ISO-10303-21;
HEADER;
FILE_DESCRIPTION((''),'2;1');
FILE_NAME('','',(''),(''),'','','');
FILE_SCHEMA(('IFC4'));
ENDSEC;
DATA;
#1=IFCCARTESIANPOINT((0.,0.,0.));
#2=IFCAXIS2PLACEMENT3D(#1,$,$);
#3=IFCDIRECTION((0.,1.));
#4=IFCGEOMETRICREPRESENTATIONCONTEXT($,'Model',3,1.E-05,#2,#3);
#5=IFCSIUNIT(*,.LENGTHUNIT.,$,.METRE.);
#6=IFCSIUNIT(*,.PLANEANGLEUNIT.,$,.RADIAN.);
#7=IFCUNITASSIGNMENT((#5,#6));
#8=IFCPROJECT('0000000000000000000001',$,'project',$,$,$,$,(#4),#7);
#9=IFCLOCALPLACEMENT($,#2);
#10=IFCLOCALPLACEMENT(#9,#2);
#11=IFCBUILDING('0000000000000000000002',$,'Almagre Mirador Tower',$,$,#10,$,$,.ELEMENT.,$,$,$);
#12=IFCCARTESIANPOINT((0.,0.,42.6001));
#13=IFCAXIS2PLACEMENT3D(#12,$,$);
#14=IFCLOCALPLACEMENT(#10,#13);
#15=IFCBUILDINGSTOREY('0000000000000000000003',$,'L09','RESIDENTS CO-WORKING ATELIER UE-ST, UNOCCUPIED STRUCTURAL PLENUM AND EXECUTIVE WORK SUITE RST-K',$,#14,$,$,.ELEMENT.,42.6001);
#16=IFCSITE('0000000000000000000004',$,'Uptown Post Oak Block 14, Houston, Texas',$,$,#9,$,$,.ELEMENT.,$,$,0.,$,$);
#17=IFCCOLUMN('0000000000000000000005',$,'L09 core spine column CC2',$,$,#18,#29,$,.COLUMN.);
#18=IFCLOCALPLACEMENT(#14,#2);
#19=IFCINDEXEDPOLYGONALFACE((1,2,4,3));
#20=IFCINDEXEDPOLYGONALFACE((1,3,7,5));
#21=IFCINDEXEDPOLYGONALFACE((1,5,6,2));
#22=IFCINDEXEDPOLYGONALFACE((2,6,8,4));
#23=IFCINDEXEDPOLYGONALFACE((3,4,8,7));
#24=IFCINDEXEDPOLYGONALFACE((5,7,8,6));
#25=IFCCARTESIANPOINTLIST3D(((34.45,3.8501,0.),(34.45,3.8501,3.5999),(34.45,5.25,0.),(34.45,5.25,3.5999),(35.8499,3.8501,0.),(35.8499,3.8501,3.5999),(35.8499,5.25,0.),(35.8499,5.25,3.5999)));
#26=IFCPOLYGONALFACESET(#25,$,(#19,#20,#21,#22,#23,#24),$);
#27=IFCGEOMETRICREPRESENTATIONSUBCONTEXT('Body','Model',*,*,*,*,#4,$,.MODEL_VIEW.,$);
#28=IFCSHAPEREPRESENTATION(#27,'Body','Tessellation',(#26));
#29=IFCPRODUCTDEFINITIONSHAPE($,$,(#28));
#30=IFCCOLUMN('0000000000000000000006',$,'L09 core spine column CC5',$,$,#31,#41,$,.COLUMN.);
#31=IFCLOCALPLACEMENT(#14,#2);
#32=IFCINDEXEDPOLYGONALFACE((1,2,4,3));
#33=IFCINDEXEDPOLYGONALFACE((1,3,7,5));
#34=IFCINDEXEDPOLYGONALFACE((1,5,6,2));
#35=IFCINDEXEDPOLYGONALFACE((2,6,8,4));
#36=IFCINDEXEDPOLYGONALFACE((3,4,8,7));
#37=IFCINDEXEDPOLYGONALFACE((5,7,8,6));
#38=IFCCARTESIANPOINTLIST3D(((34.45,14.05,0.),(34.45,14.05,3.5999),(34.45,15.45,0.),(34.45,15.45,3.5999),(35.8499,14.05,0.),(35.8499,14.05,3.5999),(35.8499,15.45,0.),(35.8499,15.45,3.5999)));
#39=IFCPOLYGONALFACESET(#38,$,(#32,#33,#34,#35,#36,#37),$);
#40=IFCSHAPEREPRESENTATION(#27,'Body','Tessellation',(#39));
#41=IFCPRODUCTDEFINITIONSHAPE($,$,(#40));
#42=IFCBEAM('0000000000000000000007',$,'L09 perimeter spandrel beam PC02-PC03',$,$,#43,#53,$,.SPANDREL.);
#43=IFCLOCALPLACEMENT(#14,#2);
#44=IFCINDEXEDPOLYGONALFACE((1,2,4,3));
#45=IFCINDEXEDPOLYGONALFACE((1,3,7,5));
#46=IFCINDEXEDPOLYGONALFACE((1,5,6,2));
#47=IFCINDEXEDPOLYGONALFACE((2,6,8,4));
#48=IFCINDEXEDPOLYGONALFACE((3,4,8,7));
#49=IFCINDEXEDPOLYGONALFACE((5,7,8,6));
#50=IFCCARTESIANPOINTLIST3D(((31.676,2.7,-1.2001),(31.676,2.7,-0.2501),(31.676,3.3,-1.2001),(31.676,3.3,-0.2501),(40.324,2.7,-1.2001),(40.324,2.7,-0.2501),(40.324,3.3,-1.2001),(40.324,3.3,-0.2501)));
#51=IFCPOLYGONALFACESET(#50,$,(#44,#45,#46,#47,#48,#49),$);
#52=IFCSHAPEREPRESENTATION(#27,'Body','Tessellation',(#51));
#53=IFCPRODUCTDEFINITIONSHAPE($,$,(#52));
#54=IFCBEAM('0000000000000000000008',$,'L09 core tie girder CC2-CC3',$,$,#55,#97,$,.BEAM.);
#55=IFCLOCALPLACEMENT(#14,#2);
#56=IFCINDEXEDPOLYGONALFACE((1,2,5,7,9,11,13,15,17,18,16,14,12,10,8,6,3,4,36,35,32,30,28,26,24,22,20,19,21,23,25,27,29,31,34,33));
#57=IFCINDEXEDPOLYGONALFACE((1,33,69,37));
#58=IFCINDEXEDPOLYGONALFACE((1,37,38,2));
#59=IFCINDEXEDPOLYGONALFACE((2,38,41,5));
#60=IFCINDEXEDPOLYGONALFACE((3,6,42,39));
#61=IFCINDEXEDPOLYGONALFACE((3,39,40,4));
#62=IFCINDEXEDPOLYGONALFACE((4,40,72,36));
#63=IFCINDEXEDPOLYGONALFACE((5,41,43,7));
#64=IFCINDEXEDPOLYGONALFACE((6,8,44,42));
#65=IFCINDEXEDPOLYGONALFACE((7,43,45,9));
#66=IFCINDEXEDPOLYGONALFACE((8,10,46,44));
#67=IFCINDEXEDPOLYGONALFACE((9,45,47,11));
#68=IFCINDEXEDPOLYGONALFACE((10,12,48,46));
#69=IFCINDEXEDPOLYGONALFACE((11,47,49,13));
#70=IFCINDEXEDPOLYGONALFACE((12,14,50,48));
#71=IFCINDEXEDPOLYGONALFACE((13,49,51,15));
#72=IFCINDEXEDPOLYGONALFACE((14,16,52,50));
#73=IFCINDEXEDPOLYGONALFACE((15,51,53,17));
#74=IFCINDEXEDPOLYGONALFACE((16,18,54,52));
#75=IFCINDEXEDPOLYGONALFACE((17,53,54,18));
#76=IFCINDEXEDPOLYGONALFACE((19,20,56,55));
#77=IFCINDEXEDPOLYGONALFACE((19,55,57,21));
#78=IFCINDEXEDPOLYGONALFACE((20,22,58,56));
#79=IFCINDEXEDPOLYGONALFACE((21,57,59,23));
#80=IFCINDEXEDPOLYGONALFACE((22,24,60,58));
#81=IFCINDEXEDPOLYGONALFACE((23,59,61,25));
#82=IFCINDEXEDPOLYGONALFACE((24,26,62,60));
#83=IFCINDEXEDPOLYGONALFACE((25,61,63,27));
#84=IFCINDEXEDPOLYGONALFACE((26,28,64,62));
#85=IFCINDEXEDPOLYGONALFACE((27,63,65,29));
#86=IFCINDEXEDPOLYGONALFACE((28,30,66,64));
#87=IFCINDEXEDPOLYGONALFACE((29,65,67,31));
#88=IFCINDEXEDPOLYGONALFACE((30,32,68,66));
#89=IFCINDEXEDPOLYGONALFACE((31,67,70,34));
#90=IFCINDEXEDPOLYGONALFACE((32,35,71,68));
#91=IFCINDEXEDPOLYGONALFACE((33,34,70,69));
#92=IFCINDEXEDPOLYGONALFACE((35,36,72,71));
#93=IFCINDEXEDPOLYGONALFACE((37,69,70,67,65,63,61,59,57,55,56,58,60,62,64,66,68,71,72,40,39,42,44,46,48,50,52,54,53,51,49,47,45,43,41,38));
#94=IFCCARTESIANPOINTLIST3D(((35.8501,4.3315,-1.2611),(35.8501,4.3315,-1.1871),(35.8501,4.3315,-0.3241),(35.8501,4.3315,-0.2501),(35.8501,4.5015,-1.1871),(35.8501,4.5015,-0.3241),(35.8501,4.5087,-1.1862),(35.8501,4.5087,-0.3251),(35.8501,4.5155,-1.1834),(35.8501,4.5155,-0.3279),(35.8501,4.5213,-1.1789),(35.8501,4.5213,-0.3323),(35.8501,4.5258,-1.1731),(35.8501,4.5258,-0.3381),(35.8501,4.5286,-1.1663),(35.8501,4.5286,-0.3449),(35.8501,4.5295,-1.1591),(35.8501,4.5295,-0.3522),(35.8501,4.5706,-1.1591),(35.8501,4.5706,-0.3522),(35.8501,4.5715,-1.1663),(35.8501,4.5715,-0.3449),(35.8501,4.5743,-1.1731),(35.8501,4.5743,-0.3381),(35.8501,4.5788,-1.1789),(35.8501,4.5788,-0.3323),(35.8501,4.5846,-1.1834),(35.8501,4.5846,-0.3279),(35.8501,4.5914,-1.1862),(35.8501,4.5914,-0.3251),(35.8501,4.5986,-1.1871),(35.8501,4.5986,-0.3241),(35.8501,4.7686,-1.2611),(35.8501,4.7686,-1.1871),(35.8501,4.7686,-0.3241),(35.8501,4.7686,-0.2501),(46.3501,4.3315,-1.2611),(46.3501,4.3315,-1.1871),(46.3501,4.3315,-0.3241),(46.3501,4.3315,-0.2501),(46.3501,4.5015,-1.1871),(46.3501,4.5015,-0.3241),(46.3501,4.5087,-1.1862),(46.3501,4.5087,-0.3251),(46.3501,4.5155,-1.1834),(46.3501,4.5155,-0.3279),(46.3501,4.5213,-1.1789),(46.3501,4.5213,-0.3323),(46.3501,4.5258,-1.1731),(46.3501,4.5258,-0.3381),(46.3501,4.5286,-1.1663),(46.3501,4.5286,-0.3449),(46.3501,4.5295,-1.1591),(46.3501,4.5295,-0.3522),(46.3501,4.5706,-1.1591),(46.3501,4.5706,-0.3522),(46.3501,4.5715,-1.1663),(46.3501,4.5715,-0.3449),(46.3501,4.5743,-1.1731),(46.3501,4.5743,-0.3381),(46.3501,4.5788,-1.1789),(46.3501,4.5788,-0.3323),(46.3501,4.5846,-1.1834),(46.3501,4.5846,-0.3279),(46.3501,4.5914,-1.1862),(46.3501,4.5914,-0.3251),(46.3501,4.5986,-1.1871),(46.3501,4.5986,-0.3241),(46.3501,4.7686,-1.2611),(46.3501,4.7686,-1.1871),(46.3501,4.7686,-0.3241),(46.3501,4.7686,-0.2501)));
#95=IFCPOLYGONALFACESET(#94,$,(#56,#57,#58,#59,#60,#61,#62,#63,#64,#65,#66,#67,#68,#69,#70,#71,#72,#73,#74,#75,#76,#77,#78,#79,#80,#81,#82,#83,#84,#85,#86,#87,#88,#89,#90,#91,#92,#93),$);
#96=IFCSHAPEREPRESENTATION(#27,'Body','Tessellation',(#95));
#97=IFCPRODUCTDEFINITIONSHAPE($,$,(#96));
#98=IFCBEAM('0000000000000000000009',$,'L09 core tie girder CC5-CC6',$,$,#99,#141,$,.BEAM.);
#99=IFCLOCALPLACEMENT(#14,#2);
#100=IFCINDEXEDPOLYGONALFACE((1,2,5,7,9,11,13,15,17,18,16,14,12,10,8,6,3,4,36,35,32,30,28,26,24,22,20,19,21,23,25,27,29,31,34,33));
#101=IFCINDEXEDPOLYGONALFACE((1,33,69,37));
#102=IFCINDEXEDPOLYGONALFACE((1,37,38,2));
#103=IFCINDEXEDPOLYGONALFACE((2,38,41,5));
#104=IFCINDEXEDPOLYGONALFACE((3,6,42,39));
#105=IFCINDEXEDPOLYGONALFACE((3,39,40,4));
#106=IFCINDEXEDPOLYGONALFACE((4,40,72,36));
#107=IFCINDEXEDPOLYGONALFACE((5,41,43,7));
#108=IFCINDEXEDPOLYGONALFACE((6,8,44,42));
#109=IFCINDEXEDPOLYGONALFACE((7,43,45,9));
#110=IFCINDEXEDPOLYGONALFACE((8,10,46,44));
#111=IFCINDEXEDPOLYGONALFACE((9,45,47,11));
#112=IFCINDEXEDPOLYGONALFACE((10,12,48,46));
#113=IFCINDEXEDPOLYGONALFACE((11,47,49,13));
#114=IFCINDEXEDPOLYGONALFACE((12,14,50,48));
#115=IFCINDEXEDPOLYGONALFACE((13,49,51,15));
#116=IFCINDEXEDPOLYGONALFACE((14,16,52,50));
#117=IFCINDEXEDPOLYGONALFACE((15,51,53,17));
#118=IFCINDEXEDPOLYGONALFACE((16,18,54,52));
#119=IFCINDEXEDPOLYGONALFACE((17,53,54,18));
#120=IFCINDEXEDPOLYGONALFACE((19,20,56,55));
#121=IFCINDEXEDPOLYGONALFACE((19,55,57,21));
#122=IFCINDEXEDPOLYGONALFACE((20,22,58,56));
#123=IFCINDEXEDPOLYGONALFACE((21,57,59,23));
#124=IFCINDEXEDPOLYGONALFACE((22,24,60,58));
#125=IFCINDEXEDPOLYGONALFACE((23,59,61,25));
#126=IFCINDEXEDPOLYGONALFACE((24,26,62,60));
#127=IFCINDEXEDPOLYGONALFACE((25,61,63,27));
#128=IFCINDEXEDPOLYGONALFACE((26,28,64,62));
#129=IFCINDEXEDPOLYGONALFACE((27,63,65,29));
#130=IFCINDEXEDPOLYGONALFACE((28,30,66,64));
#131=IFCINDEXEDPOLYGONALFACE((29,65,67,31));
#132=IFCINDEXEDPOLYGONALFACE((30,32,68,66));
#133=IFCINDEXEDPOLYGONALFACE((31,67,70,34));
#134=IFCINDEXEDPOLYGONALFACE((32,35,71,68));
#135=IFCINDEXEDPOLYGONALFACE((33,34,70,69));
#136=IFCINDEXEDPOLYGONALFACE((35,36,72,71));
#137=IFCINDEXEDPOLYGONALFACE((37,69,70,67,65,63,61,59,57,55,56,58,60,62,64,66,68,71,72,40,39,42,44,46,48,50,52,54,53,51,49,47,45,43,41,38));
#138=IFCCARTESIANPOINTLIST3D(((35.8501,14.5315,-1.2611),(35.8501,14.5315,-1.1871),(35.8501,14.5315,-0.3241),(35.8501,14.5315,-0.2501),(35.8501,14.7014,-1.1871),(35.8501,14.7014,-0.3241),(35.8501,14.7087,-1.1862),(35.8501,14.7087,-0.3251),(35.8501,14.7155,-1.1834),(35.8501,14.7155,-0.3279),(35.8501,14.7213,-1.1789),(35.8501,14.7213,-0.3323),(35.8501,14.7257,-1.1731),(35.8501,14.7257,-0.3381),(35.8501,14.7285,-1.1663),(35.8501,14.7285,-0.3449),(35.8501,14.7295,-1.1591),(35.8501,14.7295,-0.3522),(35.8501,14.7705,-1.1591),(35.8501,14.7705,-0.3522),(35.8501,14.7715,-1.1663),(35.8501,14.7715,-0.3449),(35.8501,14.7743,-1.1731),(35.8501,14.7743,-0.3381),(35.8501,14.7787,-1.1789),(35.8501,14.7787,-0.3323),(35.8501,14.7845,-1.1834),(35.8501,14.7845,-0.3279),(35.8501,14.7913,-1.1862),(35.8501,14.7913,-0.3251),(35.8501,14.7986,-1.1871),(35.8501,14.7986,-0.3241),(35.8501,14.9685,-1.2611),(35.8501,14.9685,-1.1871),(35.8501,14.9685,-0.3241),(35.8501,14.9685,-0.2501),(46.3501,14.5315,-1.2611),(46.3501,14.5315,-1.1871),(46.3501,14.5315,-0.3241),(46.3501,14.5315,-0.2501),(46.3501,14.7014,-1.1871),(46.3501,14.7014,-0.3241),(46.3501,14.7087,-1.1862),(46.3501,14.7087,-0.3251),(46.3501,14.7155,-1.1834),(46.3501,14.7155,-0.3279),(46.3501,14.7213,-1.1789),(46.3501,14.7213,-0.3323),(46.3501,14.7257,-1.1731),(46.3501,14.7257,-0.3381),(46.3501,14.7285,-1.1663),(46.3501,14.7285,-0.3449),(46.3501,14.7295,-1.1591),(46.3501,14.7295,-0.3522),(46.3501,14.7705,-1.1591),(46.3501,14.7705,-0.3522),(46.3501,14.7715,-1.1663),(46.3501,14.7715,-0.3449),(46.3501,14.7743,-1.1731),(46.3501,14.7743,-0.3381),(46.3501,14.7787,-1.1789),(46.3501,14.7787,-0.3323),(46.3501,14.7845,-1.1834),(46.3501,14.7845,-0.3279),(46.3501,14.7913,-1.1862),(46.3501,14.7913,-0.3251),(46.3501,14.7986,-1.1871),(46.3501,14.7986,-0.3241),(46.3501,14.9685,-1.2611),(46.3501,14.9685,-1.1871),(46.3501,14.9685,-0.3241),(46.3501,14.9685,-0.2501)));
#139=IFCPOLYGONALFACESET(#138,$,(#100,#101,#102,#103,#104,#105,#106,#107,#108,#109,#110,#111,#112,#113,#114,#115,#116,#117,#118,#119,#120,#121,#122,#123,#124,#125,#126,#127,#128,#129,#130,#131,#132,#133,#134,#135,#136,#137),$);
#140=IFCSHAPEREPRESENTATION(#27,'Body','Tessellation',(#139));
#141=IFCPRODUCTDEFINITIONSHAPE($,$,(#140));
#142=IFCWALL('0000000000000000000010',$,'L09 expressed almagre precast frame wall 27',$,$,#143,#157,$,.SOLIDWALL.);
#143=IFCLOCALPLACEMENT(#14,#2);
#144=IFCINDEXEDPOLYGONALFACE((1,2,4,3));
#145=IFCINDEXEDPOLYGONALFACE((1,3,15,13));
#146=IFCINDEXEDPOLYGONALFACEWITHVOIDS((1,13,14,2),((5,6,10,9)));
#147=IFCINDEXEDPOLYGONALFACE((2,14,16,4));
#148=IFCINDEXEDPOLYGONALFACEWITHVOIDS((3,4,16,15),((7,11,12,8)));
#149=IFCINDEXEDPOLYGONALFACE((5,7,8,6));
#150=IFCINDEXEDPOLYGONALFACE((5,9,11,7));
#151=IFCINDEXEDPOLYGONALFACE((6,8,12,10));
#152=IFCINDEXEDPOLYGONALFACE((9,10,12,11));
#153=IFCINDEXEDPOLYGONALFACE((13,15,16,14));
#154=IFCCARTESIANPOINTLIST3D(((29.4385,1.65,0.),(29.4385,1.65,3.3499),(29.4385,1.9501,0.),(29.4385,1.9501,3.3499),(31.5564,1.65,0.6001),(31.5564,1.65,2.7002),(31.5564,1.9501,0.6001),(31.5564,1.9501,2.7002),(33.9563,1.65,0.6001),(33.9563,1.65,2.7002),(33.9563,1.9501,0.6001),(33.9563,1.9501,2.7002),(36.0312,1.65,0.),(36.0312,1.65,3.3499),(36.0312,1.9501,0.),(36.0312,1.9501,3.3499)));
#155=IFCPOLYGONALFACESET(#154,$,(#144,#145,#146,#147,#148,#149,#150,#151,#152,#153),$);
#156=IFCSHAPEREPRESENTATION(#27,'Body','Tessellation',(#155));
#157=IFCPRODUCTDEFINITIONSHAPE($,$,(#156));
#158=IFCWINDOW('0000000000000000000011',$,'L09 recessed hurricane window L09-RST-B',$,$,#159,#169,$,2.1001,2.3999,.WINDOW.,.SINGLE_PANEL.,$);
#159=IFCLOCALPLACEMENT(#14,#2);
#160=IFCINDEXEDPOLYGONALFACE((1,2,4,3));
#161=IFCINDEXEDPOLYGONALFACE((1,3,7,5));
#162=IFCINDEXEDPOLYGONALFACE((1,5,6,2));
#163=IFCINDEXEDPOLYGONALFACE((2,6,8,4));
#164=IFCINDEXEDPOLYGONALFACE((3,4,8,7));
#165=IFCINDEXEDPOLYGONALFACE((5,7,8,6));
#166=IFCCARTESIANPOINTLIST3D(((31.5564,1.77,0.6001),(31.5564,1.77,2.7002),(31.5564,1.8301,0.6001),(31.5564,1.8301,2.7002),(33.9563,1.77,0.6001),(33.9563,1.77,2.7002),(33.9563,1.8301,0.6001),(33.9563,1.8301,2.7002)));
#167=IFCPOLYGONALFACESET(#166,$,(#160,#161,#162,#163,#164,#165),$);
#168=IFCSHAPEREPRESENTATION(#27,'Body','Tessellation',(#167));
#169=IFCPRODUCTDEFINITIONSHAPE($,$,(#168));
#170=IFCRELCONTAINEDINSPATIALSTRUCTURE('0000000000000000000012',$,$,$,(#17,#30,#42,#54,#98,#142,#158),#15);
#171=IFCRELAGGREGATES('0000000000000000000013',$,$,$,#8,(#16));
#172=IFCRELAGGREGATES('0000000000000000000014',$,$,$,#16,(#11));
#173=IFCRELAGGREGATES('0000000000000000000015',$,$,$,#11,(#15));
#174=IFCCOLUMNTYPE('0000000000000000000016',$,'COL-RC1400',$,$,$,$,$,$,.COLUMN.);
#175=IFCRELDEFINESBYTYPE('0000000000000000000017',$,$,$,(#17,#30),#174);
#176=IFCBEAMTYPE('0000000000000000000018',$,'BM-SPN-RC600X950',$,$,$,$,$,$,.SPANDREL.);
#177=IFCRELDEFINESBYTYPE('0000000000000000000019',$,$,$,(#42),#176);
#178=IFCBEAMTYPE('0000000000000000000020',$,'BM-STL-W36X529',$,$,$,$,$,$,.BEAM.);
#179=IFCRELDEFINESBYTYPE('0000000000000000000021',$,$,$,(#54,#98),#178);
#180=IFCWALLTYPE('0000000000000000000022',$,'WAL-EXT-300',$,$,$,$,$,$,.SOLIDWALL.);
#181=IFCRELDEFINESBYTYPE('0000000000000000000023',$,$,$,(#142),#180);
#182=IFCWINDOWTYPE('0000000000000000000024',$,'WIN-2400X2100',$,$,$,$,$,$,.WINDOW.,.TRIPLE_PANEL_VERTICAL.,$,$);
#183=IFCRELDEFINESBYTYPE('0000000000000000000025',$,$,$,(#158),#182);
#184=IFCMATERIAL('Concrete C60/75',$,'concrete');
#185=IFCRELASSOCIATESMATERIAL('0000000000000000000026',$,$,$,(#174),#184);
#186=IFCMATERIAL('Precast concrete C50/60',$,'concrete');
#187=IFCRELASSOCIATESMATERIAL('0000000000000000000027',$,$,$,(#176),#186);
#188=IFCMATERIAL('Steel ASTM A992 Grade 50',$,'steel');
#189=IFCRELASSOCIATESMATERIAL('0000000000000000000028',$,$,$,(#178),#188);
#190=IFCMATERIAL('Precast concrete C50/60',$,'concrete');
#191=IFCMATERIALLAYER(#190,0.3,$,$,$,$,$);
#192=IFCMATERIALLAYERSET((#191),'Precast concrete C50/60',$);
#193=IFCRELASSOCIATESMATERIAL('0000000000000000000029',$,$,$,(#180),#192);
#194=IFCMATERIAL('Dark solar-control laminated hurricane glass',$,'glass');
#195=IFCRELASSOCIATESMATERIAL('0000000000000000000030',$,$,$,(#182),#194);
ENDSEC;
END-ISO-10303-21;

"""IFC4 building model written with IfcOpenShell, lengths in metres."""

from ifc_helpers import new_model, si_unit, direction, frame, frame_2d, origin, origin_2d, place, context, subcontext, project, spatial, rectangle, i_section, extrude, material, layer, layer_set, material_profile, profile_set, type_object, element, fill, save


model = new_model("IFC4")

# Units and contexts
model_context = context("Model", 3, precision=1e-05, world=origin(), true_north=direction((0.0, 1.0)))
body_context = subcontext(model_context, "Body", "Model", "MODEL_VIEW")
ifc_project = project(units=[si_unit("LENGTHUNIT", "METRE"), si_unit("PLANEANGLEUNIT", "RADIAN")], contexts=[model_context])

# Site, building, storey
site_placement = place(None, origin())
site = spatial("IfcSite", under=ifc_project, at=site_placement, Name="Uptown Post Oak Block 14, Houston, Texas", CompositionType="ELEMENT", RefElevation=0.0)
building_placement = place(site_placement, origin())
building = spatial("IfcBuilding", under=site, at=building_placement, Name="Almagre Mirador Tower", CompositionType="ELEMENT")
storey_placement = place(building_placement, frame((0.0, 0.0, 42.6001)))
storey = spatial("IfcBuildingStorey", under=building, at=storey_placement, Name="L09", Description="RESIDENTS CO-WORKING ATELIER UE-ST, UNOCCUPIED STRUCTURAL PLENUM AND EXECUTIVE WORK SUITE RST-K", CompositionType="ELEMENT", Elevation=42.6001)

# Columns
ifc_material_1 = material(Name="Concrete C60/75", Category="concrete")
ifc_material_profile_1 = material_profile(ifc_material_1, rectangle(XDim=1.3999, YDim=1.3999, at=origin_2d()), Name="RC1400X1400")
ifc_profile_set_1 = profile_set([ifc_material_profile_1], Name="Concrete C60/75")
column_type = type_object("IfcColumnType", Name="COL-RC1400", PredefinedType="COLUMN", material=ifc_profile_set_1)
for number, where, z_axis, x_axis, name in (
    (1, (35.1499, 4.55, 0.0), (0.0, 0.0, 1.0), (1.0, 0.0, 0.0), "L09 core spine column CC2"),
    (2, (35.1499, 14.75, 0.0), (0.0, 0.0, 1.0), (1.0, 0.0, 0.0), "L09 core spine column CC5"),
):
    element("IfcColumn", number, at=place(storey_placement, frame(where, z_axis=z_axis, x_axis=x_axis)), inside=storey, type_object=column_type, Name=name, PredefinedType="COLUMN", context=body_context, shape_type="SweptSolid", body=[
        extrude(rectangle(XDim=1.3999, YDim=1.3999, at=origin_2d()), origin(), (0.0, 0.0, 1.0), 3.5999),
    ])

# Beams
ifc_material_2 = material(Name="Precast concrete C50/60", Category="concrete")
ifc_material_profile_2 = material_profile(ifc_material_2, rectangle(XDim=0.6001, YDim=0.95, at=origin_2d()), Name="RC600X950")
ifc_profile_set_2 = profile_set([ifc_material_profile_2], Name="Precast concrete C50/60")
beam_type_1 = type_object("IfcBeamType", Name="BM-SPN-RC600X950", PredefinedType="SPANDREL", material=ifc_profile_set_2)
beam_placement = place(storey_placement, frame((31.676, 3.0, -0.7251), z_axis=(1.0, 0.0, 0.0), x_axis=(0.0, 1.0, 0.0)))
element("IfcBeam", 3, at=beam_placement, inside=storey, type_object=beam_type_1, Name="L09 perimeter spandrel beam PC02-PC03", PredefinedType="SPANDREL", context=body_context, shape_type="SweptSolid", body=[
    extrude(rectangle(XDim=0.6001, YDim=0.95, at=origin_2d()), origin(), (0.0, 0.0, 1.0), 8.6479),
])
ifc_material_3 = material(Name="Steel ASTM A992 Grade 50", Category="steel")
ifc_material_profile_3 = material_profile(ifc_material_3, i_section(OverallWidth=0.437, OverallDepth=1.011, WebThickness=0.041, FlangeThickness=0.074, FilletRadius=0.0281, at=origin_2d()), Name="W36X529")
ifc_profile_set_3 = profile_set([ifc_material_profile_3], Name="Steel ASTM A992 Grade 50")
beam_type_2 = type_object("IfcBeamType", Name="BM-STL-W36X529", PredefinedType="BEAM", material=ifc_profile_set_3)
for number, where, z_axis, x_axis, name in (
    (4, (35.8501, 4.55, -0.7556), (1.0, 0.0, 0.0), (0.0, 1.0, 0.0), "L09 core tie girder CC2-CC3"),
    (5, (35.8501, 14.75, -0.7556), (1.0, 0.0, 0.0), (0.0, 1.0, 0.0), "L09 core tie girder CC5-CC6"),
):
    element("IfcBeam", number, at=place(storey_placement, frame(where, z_axis=z_axis, x_axis=x_axis)), inside=storey, type_object=beam_type_2, Name=name, PredefinedType="BEAM", context=body_context, shape_type="SweptSolid", body=[
        extrude(i_section(OverallWidth=0.437, OverallDepth=1.011, WebThickness=0.041, FlangeThickness=0.074, FilletRadius=0.0281, at=origin_2d()), origin(), (0.0, 0.0, 1.0), 10.5),
    ])

# Wall, opening, window
ifc_material_4 = material(Name="Precast concrete C50/60", Category="concrete")
ifc_layer_1 = layer(ifc_material_4, 0.3)
ifc_layer_set_1 = layer_set([ifc_layer_1], Name="Precast concrete C50/60")
wall_type_1 = type_object("IfcWallType", Name="WAL-EXT-300", PredefinedType="SOLIDWALL", material=ifc_layer_set_1)
wall_1_placement = place(storey_placement, frame((36.0312, 1.8, 0.0), z_axis=(0.0, 0.0, 1.0), x_axis=(-1.0, 0.0, 0.0)))
wall_1 = element("IfcWall", 6, at=wall_1_placement, inside=storey, type_object=wall_type_1, Name="L09 expressed almagre precast frame wall 27", PredefinedType="SOLIDWALL", context=body_context, shape_type="SweptSolid", body=[
    extrude(rectangle(XDim=6.5928, YDim=0.3, at=frame_2d((3.2964, 0.0))), origin(), (0.0, 0.0, 1.0), 3.3499),
])
opening_1_placement = place(wall_1_placement, frame((2.075, 0.0, 0.6001)))
opening_1 = element("IfcOpeningElement", 7, at=opening_1_placement, cuts=wall_1, PredefinedType="OPENING", context=body_context, shape_type="SweptSolid", body=[
    extrude(rectangle(XDim=2.3999, YDim=2.1001, at=frame_2d((1.2, 1.05))), frame((0.0, 0.1599, 0.0), z_axis=(0.0, -1.0, 0.0), x_axis=(1.0, 0.0, 0.0)), (0.0, 0.0, 1.0), 0.32),
])
ifc_material_5 = material(Name="Dark solar-control laminated hurricane glass", Category="glass")
window_type = type_object("IfcWindowType", Name="WIN-2400X2100", PartitioningType="TRIPLE_PANEL_VERTICAL", PredefinedType="WINDOW", material=ifc_material_5)
window_placement = place(opening_1_placement, origin())
window = element("IfcWindow", 8, at=window_placement, inside=storey, type_object=window_type, Name="L09 recessed hurricane window L09-RST-B", OverallHeight=2.1001, OverallWidth=2.3999, PartitioningType="SINGLE_PANEL", PredefinedType="WINDOW", context=body_context, shape_type="SweptSolid", body=[
    extrude(rectangle(XDim=2.3999, YDim=2.1001, at=frame_2d((1.2, 1.05))), frame((0.0, 0.03, 0.0), z_axis=(0.0, -1.0, 0.0), x_axis=(1.0, 0.0, 0.0)), (0.0, 0.0, 1.0), 0.0601),
])
fill(opening_1, window)

save(model, "model.ifc")
